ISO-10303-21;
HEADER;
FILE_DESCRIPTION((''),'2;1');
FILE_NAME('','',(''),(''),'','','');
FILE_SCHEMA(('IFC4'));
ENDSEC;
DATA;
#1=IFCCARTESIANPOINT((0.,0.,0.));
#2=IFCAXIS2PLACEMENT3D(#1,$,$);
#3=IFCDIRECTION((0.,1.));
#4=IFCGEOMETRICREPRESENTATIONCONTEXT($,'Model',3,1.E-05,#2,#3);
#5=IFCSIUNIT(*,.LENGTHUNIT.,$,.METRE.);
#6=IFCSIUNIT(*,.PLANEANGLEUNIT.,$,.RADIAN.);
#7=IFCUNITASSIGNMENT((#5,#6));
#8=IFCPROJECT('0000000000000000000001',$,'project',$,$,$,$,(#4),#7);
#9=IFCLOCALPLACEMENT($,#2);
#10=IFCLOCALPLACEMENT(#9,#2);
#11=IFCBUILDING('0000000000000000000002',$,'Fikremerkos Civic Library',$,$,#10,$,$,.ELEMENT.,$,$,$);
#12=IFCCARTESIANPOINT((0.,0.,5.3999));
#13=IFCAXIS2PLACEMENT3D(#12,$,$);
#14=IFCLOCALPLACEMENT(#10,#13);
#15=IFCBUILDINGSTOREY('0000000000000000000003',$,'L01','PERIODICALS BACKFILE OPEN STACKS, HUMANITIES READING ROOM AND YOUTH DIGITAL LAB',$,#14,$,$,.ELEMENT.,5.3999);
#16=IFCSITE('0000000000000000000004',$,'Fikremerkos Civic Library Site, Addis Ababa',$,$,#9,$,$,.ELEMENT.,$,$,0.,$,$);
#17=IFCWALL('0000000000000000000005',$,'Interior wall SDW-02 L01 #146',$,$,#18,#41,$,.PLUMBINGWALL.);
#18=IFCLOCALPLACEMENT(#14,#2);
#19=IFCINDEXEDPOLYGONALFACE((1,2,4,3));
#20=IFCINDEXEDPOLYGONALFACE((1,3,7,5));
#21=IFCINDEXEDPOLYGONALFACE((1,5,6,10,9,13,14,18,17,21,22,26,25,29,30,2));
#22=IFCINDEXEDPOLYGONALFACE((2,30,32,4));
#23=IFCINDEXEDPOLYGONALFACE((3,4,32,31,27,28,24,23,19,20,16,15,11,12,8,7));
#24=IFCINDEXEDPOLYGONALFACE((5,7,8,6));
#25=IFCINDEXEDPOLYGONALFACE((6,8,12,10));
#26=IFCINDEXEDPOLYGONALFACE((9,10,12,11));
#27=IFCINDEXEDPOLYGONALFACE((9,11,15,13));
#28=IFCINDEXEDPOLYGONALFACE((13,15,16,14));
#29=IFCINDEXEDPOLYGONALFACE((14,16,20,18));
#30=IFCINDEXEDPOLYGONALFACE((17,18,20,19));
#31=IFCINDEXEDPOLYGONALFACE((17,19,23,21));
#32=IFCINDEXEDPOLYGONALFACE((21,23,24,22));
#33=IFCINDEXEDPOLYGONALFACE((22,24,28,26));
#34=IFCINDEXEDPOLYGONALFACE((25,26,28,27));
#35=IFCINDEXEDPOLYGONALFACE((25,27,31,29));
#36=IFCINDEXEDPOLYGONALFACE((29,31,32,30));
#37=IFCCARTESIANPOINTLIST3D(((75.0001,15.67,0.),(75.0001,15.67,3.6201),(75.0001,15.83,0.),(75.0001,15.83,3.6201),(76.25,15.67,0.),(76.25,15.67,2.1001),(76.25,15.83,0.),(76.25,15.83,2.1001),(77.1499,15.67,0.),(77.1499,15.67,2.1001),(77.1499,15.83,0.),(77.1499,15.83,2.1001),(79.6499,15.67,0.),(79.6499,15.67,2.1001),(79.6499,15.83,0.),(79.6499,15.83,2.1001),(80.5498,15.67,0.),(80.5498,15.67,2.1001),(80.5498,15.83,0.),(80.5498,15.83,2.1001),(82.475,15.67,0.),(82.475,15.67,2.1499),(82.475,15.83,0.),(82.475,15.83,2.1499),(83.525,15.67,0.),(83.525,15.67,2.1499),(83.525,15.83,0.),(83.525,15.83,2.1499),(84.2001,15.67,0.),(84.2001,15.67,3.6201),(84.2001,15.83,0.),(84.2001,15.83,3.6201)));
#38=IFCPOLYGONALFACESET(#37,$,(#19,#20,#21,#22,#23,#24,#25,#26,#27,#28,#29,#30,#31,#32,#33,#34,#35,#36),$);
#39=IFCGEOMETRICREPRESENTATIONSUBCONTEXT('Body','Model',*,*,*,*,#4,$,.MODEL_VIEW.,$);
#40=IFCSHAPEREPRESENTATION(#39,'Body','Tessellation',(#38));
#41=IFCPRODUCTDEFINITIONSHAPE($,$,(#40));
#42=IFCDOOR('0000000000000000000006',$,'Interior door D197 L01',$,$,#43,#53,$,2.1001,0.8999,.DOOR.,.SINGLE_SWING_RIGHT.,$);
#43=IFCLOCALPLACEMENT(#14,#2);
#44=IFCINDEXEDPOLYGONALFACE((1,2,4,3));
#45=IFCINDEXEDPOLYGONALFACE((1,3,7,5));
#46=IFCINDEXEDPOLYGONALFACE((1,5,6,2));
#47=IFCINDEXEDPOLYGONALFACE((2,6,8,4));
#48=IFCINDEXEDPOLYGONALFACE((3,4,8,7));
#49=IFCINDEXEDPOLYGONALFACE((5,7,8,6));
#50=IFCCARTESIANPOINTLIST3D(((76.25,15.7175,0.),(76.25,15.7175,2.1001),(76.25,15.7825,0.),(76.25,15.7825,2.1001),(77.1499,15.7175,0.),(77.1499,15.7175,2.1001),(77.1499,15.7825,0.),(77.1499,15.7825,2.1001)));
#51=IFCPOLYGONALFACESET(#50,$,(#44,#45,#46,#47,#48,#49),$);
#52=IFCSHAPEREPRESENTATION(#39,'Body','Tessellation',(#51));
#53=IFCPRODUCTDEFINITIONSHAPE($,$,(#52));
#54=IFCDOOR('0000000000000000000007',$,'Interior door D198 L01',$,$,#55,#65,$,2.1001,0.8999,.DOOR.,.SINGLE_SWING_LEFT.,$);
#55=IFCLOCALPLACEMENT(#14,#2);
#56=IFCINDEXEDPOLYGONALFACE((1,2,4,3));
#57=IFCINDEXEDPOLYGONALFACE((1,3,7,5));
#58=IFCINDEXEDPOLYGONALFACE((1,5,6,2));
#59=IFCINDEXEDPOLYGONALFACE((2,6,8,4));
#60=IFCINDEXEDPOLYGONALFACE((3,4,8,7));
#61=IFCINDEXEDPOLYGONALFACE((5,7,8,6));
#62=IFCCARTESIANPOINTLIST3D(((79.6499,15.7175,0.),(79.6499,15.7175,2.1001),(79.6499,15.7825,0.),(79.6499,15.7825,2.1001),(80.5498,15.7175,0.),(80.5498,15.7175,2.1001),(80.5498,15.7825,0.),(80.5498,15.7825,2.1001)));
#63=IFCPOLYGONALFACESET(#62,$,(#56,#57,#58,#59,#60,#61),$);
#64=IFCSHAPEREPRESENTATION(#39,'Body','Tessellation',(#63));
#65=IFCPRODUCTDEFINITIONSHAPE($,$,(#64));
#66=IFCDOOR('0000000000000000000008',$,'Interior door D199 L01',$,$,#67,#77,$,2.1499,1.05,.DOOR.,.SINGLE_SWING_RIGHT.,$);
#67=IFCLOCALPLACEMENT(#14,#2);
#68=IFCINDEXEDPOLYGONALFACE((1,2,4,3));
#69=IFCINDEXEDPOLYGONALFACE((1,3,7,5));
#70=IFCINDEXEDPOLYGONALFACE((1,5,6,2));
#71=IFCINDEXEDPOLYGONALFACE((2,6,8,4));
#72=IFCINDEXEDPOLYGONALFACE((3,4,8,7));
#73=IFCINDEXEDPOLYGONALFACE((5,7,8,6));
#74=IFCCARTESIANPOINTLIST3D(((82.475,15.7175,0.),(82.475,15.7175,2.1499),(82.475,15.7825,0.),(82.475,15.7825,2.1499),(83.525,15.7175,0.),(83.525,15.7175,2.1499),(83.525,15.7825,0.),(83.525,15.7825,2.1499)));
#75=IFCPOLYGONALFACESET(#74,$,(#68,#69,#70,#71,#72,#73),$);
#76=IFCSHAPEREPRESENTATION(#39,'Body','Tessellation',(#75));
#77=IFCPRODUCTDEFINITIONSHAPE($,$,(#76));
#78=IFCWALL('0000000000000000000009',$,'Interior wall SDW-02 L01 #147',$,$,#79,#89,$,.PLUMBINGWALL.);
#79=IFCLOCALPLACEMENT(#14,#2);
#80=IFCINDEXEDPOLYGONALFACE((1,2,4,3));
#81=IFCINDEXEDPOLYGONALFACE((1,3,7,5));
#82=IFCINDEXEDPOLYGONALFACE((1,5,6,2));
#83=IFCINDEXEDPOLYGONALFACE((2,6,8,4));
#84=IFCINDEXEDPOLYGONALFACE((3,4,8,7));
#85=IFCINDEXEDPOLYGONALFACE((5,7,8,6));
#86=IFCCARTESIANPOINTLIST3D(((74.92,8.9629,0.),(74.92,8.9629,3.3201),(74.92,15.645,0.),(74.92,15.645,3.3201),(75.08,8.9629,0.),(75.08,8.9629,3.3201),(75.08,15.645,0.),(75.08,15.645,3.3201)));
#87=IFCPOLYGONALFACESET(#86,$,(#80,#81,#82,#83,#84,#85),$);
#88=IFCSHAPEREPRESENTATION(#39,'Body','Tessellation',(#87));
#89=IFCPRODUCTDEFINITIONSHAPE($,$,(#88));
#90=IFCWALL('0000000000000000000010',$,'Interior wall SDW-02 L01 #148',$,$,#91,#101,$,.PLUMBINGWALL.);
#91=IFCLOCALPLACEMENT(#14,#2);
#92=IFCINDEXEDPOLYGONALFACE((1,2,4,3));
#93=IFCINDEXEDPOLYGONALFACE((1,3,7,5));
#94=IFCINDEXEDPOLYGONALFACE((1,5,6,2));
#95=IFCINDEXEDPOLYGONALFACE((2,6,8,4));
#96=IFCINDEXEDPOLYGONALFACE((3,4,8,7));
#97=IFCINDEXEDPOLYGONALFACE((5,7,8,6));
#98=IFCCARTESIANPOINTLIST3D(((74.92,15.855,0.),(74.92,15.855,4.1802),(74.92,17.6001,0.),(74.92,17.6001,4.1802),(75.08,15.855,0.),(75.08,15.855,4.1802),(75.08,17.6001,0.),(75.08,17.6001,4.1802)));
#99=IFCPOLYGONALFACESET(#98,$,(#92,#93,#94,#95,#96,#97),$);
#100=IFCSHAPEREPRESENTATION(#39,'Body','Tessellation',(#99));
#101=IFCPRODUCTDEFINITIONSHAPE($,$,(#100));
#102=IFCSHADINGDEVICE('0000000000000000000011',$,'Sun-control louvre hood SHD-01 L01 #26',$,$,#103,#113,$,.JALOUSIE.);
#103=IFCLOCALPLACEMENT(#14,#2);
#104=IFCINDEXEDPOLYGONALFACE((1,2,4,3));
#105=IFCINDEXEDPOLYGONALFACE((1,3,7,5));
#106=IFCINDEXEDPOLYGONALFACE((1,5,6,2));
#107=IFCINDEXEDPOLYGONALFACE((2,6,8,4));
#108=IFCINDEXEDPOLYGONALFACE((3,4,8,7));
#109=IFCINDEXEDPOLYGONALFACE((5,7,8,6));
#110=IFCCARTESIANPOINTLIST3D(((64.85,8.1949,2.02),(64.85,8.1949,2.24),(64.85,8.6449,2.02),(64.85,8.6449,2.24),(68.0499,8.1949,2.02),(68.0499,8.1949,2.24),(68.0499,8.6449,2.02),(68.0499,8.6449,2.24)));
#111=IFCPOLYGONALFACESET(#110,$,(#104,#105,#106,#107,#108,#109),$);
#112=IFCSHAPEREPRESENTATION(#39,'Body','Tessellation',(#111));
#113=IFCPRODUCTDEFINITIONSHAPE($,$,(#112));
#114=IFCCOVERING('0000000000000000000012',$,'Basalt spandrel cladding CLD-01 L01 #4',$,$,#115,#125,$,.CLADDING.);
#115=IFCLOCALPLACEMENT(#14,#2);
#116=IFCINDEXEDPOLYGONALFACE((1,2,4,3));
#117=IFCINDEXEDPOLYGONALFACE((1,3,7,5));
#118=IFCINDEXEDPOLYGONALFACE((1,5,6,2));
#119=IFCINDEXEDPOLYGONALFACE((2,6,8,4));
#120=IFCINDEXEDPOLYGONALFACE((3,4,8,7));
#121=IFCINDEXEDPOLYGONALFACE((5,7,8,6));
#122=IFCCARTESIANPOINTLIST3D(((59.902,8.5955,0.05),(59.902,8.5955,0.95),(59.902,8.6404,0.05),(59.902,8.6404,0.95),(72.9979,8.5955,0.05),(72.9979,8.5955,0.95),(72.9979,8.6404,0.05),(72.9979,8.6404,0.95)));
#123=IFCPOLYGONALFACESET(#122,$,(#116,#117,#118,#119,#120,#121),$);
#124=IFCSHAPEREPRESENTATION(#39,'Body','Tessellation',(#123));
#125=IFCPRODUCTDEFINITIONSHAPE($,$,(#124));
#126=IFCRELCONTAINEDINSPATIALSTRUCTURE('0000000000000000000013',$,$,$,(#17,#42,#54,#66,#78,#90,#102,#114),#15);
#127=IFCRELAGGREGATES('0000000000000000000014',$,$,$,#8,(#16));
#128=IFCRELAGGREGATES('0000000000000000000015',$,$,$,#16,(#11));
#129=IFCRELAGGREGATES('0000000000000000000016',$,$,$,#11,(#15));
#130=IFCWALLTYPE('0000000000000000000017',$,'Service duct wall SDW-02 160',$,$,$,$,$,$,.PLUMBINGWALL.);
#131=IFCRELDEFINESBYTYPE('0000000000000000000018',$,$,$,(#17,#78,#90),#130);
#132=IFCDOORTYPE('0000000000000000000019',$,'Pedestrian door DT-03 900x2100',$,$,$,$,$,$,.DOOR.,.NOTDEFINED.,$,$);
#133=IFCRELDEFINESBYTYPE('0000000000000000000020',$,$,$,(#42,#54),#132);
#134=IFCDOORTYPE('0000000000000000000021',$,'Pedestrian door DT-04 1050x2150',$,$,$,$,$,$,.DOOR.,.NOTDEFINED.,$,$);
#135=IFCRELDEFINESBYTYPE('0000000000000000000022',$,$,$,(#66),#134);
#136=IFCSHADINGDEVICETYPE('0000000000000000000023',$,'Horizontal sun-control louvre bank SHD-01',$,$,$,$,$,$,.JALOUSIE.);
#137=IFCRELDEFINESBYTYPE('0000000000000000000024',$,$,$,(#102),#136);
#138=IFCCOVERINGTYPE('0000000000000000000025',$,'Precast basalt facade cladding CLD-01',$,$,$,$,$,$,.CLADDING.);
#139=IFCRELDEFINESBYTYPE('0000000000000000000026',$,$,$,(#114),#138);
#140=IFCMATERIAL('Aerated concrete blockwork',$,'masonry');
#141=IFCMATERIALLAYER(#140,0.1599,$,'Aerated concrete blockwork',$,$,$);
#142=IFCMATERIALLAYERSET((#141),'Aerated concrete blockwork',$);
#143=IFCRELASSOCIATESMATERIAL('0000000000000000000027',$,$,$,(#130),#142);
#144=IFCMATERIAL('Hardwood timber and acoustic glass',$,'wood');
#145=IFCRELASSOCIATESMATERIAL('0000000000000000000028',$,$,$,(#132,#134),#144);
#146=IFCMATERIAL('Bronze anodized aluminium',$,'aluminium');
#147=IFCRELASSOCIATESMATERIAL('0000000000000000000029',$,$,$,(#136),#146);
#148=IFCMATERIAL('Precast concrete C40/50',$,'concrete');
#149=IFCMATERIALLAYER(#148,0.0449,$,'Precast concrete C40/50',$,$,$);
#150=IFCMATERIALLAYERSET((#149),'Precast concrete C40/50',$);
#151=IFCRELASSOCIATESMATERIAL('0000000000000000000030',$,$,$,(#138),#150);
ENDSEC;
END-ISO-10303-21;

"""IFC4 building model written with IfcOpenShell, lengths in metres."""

from ifc_helpers import new_model, si_unit, direction, frame, frame_2d, origin, origin_2d, place, context, subcontext, project, spatial, rectangle, extrude, material, layer, layer_set, type_object, element, fill, save


model = new_model("IFC4")

# Units and contexts
model_context = context("Model", 3, precision=1e-05, world=origin(), true_north=direction((0.0, 1.0)))
body_context = subcontext(model_context, "Body", "Model", "MODEL_VIEW")
ifc_project = project(units=[si_unit("LENGTHUNIT", "METRE"), si_unit("PLANEANGLEUNIT", "RADIAN")], contexts=[model_context])

# Site, building, storey
site_placement = place(None, origin())
site = spatial("IfcSite", under=ifc_project, at=site_placement, Name="Fikremerkos Civic Library Site, Addis Ababa", CompositionType="ELEMENT", RefElevation=0.0)
building_placement = place(site_placement, origin())
building = spatial("IfcBuilding", under=site, at=building_placement, Name="Fikremerkos Civic Library", CompositionType="ELEMENT")
storey_placement = place(building_placement, frame((0.0, 0.0, 5.3999)))
storey = spatial("IfcBuildingStorey", under=building, at=storey_placement, Name="L01", Description="PERIODICALS BACKFILE OPEN STACKS, HUMANITIES READING ROOM AND YOUTH DIGITAL LAB", CompositionType="ELEMENT", Elevation=5.3999)

# Shared definitions
ifc_material_1 = material(Name="Precast concrete C40/50", Category="concrete")

# Shared definitions
ifc_material_2 = material(Name="Hardwood timber and acoustic glass", Category="wood")

# Wall, openings, doors
ifc_material_3 = material(Name="Aerated concrete blockwork", Category="masonry")
ifc_layer_1 = layer(ifc_material_3, 0.1599, Name="Aerated concrete blockwork")
ifc_layer_set_1 = layer_set([ifc_layer_1], Name="Aerated concrete blockwork")
wall_type_1 = type_object("IfcWallType", Name="Service duct wall SDW-02 160", PredefinedType="PLUMBINGWALL", material=ifc_layer_set_1)
wall_1_placement = place(storey_placement, frame((75.0, 15.75, 0.0), z_axis=(0.0, 0.0, 1.0), x_axis=(1.0, 0.0, 0.0)))
wall_1 = element("IfcWall", 1, at=wall_1_placement, inside=storey, type_object=wall_type_1, Name="Interior wall SDW-02 L01 #146", PredefinedType="PLUMBINGWALL", context=body_context, shape_type="SweptSolid", body=[
    extrude(rectangle(XDim=9.2, YDim=0.1599, at=frame_2d((4.6001, 0.0))), origin(), (0.0, 0.0, 1.0), 3.6201),
])
opening_1_placement = place(wall_1_placement, frame((1.25, 0.0, 0.0)))
opening_1 = element("IfcOpeningElement", 2, at=opening_1_placement, cuts=wall_1, PredefinedType="OPENING", context=body_context, shape_type="SweptSolid", body=[
    extrude(rectangle(XDim=0.8999, YDim=2.1001, at=frame_2d((0.45, 1.05))), frame((0.0, 0.0898, 0.0), z_axis=(0.0, -1.0, 0.0), x_axis=(1.0, 0.0, 0.0)), (0.0, 0.0, 1.0), 0.1799),
])
opening_2_placement = place(wall_1_placement, frame((4.6499, 0.0, 0.0)))
opening_2 = element("IfcOpeningElement", 3, at=opening_2_placement, cuts=wall_1, PredefinedType="OPENING", context=body_context, shape_type="SweptSolid", body=[
    extrude(rectangle(XDim=0.8999, YDim=2.1001, at=frame_2d((0.45, 1.05))), frame((0.0, 0.0898, 0.0), z_axis=(0.0, -1.0, 0.0), x_axis=(1.0, 0.0, 0.0)), (0.0, 0.0, 1.0), 0.1799),
])
opening_3_placement = place(wall_1_placement, frame((7.4751, 0.0, 0.0)))
opening_3 = element("IfcOpeningElement", 4, at=opening_3_placement, cuts=wall_1, PredefinedType="OPENING", context=body_context, shape_type="SweptSolid", body=[
    extrude(rectangle(XDim=1.05, YDim=2.1499, at=frame_2d((0.5249, 1.075))), frame((0.0, 0.0898, 0.0), z_axis=(0.0, -1.0, 0.0), x_axis=(1.0, 0.0, 0.0)), (0.0, 0.0, 1.0), 0.1799),
])
door_type_1 = type_object("IfcDoorType", Name="Pedestrian door DT-03 900x2100", OperationType="NOTDEFINED", PredefinedType="DOOR", material=ifc_material_2)
door_1_placement = place(opening_1_placement, origin())
door_1 = element("IfcDoor", 5, at=door_1_placement, inside=storey, type_object=door_type_1, Name="Interior door D197 L01", OperationType="SINGLE_SWING_RIGHT", OverallHeight=2.1001, OverallWidth=0.8999, PredefinedType="DOOR", context=body_context, shape_type="SweptSolid", body=[
    extrude(rectangle(XDim=0.8999, YDim=2.1001, at=frame_2d((0.45, 1.05))), frame((0.0, 0.0325, 0.0), z_axis=(0.0, -1.0, 0.0), x_axis=(1.0, 0.0, 0.0)), (0.0, 0.0, 1.0), 0.0649),
])
fill(opening_1, door_1)
door_2_placement = place(opening_2_placement, origin())
door_2 = element("IfcDoor", 6, at=door_2_placement, inside=storey, type_object=door_type_1, Name="Interior door D198 L01", OperationType="SINGLE_SWING_LEFT", OverallHeight=2.1001, OverallWidth=0.8999, PredefinedType="DOOR", context=body_context, shape_type="SweptSolid", body=[
    extrude(rectangle(XDim=0.8999, YDim=2.1001, at=frame_2d((0.45, 1.05))), frame((0.0, 0.0325, 0.0), z_axis=(0.0, -1.0, 0.0), x_axis=(1.0, 0.0, 0.0)), (0.0, 0.0, 1.0), 0.0649),
])
fill(opening_2, door_2)
door_type_2 = type_object("IfcDoorType", Name="Pedestrian door DT-04 1050x2150", OperationType="NOTDEFINED", PredefinedType="DOOR", material=ifc_material_2)
door_3_placement = place(opening_3_placement, origin())
door_3 = element("IfcDoor", 7, at=door_3_placement, inside=storey, type_object=door_type_2, Name="Interior door D199 L01", OperationType="SINGLE_SWING_RIGHT", OverallHeight=2.1499, OverallWidth=1.05, PredefinedType="DOOR", context=body_context, shape_type="SweptSolid", body=[
    extrude(rectangle(XDim=1.05, YDim=2.1499, at=frame_2d((0.5249, 1.075))), frame((0.0, 0.0325, 0.0), z_axis=(0.0, -1.0, 0.0), x_axis=(1.0, 0.0, 0.0)), (0.0, 0.0, 1.0), 0.0649),
])
fill(opening_3, door_3)

# Walls
wall_2_placement = place(storey_placement, frame((75.0, 8.9629, 0.0), z_axis=(0.0, 0.0, 1.0), x_axis=(0.0, 1.0, 0.0)))
element("IfcWall", 8, at=wall_2_placement, inside=storey, type_object=wall_type_1, Name="Interior wall SDW-02 L01 #147", PredefinedType="PLUMBINGWALL", context=body_context, shape_type="SweptSolid", body=[
    extrude(rectangle(XDim=6.6821, YDim=0.1599, at=frame_2d((3.3411, 0.0))), origin(), (0.0, 0.0, 1.0), 3.3201),
])
wall_3_placement = place(storey_placement, frame((75.0, 15.855, 0.0), z_axis=(0.0, 0.0, 1.0), x_axis=(0.0, 1.0, 0.0)))
element("IfcWall", 9, at=wall_3_placement, inside=storey, type_object=wall_type_1, Name="Interior wall SDW-02 L01 #148", PredefinedType="PLUMBINGWALL", context=body_context, shape_type="SweptSolid", body=[
    extrude(rectangle(XDim=1.7451, YDim=0.1599, at=frame_2d((0.8726, 0.0))), origin(), (0.0, 0.0, 1.0), 4.1802),
])

# Shading device
ifc_material_4 = material(Name="Bronze anodized aluminium", Category="aluminium")
shading_device_type = type_object("IfcShadingDeviceType", Name="Horizontal sun-control louvre bank SHD-01", PredefinedType="JALOUSIE", material=ifc_material_4)
shading_device_placement = place(storey_placement, frame((66.45, 8.4199, 2.02), z_axis=(0.0, 0.0, 1.0), x_axis=(1.0, 0.0, 0.0)))
element("IfcShadingDevice", 10, at=shading_device_placement, inside=storey, type_object=shading_device_type, Name="Sun-control louvre hood SHD-01 L01 #26", PredefinedType="JALOUSIE", context=body_context, shape_type="SweptSolid", body=[
    extrude(rectangle(XDim=3.2, YDim=0.45, at=origin_2d()), origin(), (0.0, 0.0, 1.0), 0.22),
])

# Covering
ifc_layer_2 = layer(ifc_material_1, 0.0449, Name="Precast concrete C40/50")
ifc_layer_set_2 = layer_set([ifc_layer_2], Name="Precast concrete C40/50")
covering_type = type_object("IfcCoveringType", Name="Precast basalt facade cladding CLD-01", PredefinedType="CLADDING", material=ifc_layer_set_2)
covering_placement = place(storey_placement, frame((66.45, 8.6179, 0.05), z_axis=(0.0, 0.0, 1.0), x_axis=(1.0, 0.0, 0.0)))
element("IfcCovering", 11, at=covering_placement, inside=storey, type_object=covering_type, Name="Basalt spandrel cladding CLD-01 L01 #4", PredefinedType="CLADDING", context=body_context, shape_type="SweptSolid", body=[
    extrude(rectangle(XDim=13.0959, YDim=0.0449, at=origin_2d()), origin(), (0.0, 0.0, 1.0), 0.8999),
])

save(model, "model.ifc")
